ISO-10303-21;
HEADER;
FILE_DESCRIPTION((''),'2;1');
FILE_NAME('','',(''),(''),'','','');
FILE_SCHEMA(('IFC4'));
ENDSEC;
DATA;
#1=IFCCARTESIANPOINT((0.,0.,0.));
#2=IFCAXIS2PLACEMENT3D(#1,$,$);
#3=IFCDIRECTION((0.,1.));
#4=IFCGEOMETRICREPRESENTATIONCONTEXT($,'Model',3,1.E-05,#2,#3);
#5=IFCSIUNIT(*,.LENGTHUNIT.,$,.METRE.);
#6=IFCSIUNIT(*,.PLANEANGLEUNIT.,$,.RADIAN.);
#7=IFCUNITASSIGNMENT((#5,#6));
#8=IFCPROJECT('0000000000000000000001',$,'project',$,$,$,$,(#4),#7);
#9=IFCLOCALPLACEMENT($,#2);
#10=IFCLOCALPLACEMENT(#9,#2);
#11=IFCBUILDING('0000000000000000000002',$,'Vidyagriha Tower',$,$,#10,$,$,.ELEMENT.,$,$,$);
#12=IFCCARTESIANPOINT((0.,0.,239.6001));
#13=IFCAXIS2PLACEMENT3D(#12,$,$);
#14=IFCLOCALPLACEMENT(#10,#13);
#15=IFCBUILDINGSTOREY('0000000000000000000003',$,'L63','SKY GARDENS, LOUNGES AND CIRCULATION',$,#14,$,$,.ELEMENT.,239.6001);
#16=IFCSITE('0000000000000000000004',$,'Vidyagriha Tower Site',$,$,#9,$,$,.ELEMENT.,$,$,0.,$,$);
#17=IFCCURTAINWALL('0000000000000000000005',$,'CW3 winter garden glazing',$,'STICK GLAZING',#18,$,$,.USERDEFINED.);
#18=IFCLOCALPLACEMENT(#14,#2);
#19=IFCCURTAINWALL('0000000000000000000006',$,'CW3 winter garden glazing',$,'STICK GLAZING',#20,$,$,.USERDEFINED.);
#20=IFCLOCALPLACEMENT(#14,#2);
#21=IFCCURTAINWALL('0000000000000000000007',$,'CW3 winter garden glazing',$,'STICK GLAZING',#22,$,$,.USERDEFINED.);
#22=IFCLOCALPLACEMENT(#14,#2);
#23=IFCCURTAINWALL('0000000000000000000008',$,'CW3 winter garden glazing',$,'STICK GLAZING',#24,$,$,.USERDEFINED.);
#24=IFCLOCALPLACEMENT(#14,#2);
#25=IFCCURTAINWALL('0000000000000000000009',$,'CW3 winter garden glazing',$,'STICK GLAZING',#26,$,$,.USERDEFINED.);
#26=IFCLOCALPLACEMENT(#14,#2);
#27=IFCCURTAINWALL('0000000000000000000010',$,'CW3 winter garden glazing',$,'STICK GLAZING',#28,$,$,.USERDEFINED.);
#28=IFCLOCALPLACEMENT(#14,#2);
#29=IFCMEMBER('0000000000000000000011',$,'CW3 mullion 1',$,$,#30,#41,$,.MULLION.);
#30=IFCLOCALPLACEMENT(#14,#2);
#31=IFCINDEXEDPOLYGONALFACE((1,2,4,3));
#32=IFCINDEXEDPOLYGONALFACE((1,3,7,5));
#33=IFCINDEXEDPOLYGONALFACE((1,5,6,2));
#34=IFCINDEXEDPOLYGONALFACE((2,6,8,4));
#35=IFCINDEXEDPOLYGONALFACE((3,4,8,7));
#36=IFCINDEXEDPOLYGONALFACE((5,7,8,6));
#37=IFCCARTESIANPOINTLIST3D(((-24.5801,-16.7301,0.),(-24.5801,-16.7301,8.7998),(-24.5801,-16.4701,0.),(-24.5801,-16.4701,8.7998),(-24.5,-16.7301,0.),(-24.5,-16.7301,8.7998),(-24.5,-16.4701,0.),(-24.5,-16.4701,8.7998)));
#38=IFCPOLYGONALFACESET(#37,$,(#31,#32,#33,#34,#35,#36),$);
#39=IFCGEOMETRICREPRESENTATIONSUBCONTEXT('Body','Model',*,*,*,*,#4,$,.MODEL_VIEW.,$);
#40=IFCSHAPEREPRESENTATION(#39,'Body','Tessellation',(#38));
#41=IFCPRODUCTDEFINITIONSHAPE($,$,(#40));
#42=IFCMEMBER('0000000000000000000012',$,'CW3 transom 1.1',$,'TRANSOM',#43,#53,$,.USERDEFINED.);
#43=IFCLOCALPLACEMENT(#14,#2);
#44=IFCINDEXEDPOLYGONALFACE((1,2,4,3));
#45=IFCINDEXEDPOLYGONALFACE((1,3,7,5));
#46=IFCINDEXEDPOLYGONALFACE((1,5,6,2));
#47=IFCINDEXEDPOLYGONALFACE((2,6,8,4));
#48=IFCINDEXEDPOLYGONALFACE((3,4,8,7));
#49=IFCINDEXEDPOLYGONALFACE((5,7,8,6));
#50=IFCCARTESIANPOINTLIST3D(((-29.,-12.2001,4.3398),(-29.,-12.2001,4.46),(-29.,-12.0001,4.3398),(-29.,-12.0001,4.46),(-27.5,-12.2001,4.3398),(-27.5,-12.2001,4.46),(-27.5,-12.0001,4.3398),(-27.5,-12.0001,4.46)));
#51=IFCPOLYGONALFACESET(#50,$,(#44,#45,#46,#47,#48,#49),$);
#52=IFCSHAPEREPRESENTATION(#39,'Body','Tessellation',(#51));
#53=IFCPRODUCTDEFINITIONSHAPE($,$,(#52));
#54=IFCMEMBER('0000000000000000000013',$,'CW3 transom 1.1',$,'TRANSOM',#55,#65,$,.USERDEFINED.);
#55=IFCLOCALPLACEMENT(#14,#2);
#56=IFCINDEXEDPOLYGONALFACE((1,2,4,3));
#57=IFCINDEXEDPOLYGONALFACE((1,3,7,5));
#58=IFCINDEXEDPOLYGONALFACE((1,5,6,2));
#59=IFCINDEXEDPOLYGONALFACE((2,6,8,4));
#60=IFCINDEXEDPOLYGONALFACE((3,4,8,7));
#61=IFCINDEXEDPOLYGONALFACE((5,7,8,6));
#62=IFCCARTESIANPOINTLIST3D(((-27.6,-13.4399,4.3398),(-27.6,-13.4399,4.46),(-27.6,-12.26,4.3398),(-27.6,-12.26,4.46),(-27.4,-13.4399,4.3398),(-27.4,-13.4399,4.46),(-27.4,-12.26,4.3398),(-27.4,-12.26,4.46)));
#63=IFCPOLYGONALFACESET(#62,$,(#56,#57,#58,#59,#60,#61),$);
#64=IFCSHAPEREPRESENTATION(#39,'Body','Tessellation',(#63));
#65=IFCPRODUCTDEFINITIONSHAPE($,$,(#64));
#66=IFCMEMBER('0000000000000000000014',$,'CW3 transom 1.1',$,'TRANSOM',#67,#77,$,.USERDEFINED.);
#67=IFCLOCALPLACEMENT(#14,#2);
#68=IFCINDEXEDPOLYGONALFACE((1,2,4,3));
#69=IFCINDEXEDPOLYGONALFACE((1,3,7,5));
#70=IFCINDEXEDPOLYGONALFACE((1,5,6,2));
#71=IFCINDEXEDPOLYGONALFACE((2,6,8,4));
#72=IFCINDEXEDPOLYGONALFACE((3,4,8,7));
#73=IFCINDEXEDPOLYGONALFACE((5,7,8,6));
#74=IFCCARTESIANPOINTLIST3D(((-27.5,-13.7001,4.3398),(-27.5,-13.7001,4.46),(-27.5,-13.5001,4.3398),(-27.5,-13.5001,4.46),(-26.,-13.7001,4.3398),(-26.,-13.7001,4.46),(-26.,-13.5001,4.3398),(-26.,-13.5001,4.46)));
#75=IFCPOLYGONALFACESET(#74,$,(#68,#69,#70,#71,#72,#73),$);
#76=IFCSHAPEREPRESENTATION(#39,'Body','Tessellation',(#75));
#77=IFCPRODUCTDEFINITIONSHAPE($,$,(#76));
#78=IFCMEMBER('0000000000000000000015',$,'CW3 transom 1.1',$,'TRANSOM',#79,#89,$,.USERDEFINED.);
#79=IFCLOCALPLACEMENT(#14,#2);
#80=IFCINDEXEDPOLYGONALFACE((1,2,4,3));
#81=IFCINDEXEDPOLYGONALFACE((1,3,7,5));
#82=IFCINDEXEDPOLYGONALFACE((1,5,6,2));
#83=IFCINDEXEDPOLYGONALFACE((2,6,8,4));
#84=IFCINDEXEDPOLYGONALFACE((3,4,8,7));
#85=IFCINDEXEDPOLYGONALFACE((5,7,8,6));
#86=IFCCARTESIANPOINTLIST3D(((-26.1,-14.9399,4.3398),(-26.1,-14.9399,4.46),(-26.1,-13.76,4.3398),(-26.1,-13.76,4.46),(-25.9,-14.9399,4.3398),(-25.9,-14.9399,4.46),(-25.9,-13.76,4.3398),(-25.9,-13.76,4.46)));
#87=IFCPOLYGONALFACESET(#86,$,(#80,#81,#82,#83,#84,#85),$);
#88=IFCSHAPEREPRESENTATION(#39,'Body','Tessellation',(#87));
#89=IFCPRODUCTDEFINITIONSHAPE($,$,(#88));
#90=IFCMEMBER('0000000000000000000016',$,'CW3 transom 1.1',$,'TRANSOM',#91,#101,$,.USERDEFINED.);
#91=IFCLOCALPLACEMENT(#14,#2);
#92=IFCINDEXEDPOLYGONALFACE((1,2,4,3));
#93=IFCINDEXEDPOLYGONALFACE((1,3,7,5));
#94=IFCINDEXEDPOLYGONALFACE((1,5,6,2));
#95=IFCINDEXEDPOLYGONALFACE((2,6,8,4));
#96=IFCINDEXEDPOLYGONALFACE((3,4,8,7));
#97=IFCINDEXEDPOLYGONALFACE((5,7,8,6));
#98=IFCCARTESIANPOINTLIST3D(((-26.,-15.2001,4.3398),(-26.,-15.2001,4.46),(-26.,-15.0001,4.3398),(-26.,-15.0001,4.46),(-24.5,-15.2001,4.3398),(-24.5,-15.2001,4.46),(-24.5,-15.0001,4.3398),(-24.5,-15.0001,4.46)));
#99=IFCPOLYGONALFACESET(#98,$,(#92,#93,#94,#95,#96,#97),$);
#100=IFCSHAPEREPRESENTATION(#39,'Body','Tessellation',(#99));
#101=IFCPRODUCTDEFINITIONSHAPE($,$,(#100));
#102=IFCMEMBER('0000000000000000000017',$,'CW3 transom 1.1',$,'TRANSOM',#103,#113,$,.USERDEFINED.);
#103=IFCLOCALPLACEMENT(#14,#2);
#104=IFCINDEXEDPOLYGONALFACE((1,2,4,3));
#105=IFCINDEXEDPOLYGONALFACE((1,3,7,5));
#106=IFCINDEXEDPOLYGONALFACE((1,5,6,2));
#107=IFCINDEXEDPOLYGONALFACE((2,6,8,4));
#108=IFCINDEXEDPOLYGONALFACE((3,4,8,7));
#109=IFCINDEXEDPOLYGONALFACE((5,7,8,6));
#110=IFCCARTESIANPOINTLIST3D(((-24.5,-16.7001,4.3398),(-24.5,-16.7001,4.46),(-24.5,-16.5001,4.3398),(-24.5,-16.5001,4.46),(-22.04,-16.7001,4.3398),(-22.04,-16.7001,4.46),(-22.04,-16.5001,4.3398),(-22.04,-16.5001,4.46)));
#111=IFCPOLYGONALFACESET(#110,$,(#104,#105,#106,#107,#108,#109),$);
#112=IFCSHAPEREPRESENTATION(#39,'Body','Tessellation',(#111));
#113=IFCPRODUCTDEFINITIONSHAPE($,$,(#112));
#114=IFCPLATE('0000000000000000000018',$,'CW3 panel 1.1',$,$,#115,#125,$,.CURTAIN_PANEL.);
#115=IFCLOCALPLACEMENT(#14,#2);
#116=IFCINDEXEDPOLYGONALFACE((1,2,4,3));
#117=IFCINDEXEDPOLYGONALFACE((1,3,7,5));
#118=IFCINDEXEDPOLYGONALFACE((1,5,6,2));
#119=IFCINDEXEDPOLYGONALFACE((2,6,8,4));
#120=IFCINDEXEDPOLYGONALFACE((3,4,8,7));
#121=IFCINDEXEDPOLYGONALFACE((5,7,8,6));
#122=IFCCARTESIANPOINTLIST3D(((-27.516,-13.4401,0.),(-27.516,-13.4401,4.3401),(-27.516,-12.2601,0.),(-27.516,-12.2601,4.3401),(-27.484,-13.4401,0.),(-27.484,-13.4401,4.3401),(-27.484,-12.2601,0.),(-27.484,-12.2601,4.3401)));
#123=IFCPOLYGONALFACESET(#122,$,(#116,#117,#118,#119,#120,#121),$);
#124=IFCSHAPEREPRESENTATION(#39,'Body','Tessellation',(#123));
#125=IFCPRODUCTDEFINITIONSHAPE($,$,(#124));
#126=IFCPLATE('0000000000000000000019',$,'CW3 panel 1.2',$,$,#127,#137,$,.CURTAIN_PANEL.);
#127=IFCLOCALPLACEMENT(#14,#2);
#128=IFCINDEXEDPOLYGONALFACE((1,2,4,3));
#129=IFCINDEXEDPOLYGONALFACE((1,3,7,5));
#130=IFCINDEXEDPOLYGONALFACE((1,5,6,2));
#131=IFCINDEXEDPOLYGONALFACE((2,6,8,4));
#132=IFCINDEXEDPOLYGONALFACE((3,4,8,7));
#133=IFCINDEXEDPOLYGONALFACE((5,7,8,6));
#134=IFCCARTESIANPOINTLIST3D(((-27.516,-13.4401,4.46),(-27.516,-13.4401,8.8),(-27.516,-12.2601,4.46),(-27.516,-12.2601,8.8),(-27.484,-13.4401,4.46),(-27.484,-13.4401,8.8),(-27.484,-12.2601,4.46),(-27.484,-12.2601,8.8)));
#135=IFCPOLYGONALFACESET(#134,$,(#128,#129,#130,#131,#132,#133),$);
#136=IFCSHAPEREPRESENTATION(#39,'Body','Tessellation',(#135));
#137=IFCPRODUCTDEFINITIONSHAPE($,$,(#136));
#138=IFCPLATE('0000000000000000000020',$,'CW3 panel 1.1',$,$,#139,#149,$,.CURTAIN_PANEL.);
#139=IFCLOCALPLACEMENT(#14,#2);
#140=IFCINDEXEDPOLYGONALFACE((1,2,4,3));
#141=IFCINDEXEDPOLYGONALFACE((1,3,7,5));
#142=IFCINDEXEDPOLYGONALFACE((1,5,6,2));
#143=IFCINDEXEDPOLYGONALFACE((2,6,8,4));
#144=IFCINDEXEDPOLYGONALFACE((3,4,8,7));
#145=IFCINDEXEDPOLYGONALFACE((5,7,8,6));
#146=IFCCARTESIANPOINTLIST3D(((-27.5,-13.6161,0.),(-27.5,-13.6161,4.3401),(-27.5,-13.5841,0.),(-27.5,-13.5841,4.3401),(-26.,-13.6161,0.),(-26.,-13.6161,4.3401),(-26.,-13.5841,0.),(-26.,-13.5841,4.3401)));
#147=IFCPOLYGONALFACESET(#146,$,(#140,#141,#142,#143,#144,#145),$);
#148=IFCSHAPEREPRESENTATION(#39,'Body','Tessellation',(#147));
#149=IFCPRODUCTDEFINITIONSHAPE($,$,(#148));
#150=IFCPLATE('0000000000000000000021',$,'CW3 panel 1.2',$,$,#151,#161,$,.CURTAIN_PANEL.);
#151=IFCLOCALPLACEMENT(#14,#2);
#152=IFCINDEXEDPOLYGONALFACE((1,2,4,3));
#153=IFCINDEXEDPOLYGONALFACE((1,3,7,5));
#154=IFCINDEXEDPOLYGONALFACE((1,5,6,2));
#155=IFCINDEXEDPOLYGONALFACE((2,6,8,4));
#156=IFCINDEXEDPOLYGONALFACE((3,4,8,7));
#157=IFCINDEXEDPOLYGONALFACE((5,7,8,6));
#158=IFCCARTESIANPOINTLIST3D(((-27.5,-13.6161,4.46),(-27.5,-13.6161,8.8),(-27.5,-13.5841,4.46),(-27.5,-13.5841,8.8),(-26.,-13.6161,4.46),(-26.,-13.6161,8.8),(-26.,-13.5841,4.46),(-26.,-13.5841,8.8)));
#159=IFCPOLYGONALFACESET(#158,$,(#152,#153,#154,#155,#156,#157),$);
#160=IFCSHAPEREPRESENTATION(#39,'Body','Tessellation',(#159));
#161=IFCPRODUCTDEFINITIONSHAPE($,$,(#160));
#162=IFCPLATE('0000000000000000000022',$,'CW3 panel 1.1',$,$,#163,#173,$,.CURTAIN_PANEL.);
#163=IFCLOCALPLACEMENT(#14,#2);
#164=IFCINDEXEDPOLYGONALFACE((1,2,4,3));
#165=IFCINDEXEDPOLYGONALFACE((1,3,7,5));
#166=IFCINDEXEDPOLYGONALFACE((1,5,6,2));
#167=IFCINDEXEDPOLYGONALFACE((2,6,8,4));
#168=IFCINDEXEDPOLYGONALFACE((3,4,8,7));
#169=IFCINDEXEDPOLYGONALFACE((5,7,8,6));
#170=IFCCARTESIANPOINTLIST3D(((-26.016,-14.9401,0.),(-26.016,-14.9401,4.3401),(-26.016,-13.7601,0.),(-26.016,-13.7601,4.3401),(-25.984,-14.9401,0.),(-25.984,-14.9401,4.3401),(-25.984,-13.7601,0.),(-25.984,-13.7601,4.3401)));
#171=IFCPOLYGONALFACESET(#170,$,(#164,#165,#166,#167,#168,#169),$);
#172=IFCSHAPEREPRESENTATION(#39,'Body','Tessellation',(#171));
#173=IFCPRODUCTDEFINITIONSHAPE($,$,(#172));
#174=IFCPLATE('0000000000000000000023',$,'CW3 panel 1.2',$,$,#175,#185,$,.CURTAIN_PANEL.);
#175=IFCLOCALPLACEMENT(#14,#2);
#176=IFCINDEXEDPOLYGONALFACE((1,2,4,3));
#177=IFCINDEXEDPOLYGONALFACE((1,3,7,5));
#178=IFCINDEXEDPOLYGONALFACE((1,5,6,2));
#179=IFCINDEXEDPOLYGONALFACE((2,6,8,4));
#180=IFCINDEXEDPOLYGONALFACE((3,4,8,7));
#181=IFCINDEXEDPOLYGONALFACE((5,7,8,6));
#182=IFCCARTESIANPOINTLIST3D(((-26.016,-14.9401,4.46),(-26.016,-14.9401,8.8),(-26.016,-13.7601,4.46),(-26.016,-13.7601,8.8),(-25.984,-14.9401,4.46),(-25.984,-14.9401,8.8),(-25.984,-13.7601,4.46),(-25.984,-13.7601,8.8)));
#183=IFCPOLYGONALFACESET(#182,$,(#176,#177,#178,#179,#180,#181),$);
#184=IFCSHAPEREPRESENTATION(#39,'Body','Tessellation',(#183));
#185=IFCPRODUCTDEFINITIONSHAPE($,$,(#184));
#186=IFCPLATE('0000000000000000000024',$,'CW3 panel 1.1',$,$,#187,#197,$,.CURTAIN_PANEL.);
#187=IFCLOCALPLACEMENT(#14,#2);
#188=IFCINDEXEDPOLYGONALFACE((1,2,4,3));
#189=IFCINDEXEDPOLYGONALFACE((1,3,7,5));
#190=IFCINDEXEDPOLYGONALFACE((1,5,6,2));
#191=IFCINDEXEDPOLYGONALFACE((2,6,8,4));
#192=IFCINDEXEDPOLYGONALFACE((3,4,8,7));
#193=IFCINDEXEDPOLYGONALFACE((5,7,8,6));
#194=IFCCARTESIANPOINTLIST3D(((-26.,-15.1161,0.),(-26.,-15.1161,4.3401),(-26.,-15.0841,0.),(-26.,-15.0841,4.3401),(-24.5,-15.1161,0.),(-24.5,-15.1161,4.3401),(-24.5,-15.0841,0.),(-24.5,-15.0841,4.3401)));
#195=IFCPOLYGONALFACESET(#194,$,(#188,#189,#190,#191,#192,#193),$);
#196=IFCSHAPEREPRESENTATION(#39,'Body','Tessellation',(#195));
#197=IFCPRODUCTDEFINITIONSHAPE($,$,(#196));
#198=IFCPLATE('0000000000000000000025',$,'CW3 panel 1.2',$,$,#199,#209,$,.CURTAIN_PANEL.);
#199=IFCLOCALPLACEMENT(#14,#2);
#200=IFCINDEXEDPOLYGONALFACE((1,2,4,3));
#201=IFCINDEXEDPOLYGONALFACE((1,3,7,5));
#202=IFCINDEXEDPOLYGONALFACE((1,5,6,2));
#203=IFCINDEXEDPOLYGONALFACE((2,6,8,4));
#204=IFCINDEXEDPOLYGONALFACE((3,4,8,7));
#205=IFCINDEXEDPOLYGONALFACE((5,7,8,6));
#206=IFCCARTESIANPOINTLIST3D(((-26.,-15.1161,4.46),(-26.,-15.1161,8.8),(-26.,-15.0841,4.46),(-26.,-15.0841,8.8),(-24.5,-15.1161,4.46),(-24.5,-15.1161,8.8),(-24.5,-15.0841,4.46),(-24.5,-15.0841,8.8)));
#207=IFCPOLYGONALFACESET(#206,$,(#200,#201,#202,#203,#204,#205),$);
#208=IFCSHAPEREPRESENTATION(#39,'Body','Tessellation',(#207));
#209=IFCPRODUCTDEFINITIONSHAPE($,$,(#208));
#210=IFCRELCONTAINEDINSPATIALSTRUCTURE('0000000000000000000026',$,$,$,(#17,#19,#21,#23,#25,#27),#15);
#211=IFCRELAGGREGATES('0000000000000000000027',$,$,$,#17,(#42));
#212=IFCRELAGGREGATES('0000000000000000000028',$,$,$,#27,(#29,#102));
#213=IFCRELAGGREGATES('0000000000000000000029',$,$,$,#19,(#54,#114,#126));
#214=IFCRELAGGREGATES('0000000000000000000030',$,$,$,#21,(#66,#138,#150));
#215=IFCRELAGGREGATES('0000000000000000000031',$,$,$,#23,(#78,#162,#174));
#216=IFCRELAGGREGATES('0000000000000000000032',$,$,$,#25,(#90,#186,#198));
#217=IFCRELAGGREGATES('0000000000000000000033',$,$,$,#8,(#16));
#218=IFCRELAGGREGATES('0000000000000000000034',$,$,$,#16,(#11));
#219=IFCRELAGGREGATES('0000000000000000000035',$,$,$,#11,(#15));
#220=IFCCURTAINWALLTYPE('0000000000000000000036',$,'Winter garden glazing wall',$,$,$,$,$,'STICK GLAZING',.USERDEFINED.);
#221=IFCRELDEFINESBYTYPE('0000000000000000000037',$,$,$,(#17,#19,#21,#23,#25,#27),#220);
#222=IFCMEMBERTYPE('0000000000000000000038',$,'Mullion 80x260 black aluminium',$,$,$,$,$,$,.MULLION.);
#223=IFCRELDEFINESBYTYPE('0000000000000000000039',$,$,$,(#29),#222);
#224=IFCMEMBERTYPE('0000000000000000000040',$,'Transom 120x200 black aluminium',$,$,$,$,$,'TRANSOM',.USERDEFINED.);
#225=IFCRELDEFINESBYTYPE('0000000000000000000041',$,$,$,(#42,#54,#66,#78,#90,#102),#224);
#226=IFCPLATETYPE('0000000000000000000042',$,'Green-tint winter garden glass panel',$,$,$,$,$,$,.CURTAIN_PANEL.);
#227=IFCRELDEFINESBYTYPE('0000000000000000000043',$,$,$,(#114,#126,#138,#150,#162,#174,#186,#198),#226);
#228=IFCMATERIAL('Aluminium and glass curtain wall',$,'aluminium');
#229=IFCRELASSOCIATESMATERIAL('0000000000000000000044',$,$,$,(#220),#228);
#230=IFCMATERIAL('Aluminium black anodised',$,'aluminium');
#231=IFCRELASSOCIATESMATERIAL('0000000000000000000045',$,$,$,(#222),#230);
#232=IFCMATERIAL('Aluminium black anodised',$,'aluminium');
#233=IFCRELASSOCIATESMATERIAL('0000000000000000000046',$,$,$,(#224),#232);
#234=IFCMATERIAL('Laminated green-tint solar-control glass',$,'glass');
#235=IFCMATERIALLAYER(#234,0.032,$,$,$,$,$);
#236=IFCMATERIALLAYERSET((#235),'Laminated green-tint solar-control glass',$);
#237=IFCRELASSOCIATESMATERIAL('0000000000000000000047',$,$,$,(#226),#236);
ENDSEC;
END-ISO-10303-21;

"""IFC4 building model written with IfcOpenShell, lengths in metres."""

from ifc_helpers import new_model, si_unit, direction, frame, origin, origin_2d, place, context, subcontext, project, spatial, rectangle, extrude, material, layer, layer_set, material_profile, profile_set, type_object, element, aggregate, save


model = new_model("IFC4")

# Units and contexts
model_context = context("Model", 3, precision=1e-05, world=origin(), true_north=direction((0.0, 1.0)))
body_context = subcontext(model_context, "Body", "Model", "MODEL_VIEW")
ifc_project = project(units=[si_unit("LENGTHUNIT", "METRE"), si_unit("PLANEANGLEUNIT", "RADIAN")], contexts=[model_context])

# Site, building, storey
site_placement = place(None, origin())
site = spatial("IfcSite", under=ifc_project, at=site_placement, Name="Vidyagriha Tower Site", CompositionType="ELEMENT", RefElevation=0.0)
building_placement = place(site_placement, origin())
building = spatial("IfcBuilding", under=site, at=building_placement, Name="Vidyagriha Tower", CompositionType="ELEMENT")
storey_placement = place(building_placement, frame((0.0, 0.0, 239.6001)))
storey = spatial("IfcBuildingStorey", under=building, at=storey_placement, Name="L63", Description="SKY GARDENS, LOUNGES AND CIRCULATION", CompositionType="ELEMENT", Elevation=239.6001)

# Curtain wall
ifc_material_1 = material(Name="Aluminium and glass curtain wall", Category="aluminium")
curtain_wall_type = type_object("IfcCurtainWallType", Name="Winter garden glazing wall", ElementType="STICK GLAZING", PredefinedType="USERDEFINED", material=ifc_material_1)
curtain_wall_1_placement = place(storey_placement, origin())
curtain_wall_1 = element("IfcCurtainWall", 1, at=curtain_wall_1_placement, inside=storey, type_object=curtain_wall_type, Name="CW3 winter garden glazing", ObjectType="STICK GLAZING", PredefinedType="USERDEFINED")
ifc_material_2 = material(Name="Aluminium black anodised", Category="aluminium")
ifc_material_profile_1 = material_profile(ifc_material_2, rectangle(XDim=0.26, YDim=0.0801, at=origin_2d()), Name="Mullion 80x260 black aluminium")
ifc_profile_set_1 = profile_set([ifc_material_profile_1], Name="Aluminium black anodised")
member_type_1 = type_object("IfcMemberType", Name="Mullion 80x260 black aluminium", PredefinedType="MULLION", material=ifc_profile_set_1)

# Curtain walls
curtain_wall_2_placement = place(storey_placement, origin())
curtain_wall_2 = element("IfcCurtainWall", 2, at=curtain_wall_2_placement, inside=storey, type_object=curtain_wall_type, Name="CW3 winter garden glazing", ObjectType="STICK GLAZING", PredefinedType="USERDEFINED")
curtain_wall_3_placement = place(storey_placement, origin())
curtain_wall_3 = element("IfcCurtainWall", 3, at=curtain_wall_3_placement, inside=storey, type_object=curtain_wall_type, Name="CW3 winter garden glazing", ObjectType="STICK GLAZING", PredefinedType="USERDEFINED")
curtain_wall_4_placement = place(storey_placement, origin())
curtain_wall_4 = element("IfcCurtainWall", 4, at=curtain_wall_4_placement, inside=storey, type_object=curtain_wall_type, Name="CW3 winter garden glazing", ObjectType="STICK GLAZING", PredefinedType="USERDEFINED")

# Curtain walls, member
curtain_wall_5_placement = place(storey_placement, origin())
curtain_wall_5 = element("IfcCurtainWall", 5, at=curtain_wall_5_placement, inside=storey, type_object=curtain_wall_type, Name="CW3 winter garden glazing", ObjectType="STICK GLAZING", PredefinedType="USERDEFINED")
curtain_wall_6_placement = place(storey_placement, origin())
curtain_wall_6 = element("IfcCurtainWall", 6, at=curtain_wall_6_placement, inside=storey, type_object=curtain_wall_type, Name="CW3 winter garden glazing", ObjectType="STICK GLAZING", PredefinedType="USERDEFINED")
member_1_placement = place(storey_placement, frame((-24.54, -16.6001, 0.0), z_axis=(0.0, 0.0, 1.0), x_axis=(0.0, 1.0, 0.0)))
member_1 = element("IfcMember", 7, at=member_1_placement, type_object=member_type_1, Name="CW3 mullion 1", PredefinedType="MULLION", context=body_context, shape_type="SweptSolid", body=[
    extrude(rectangle(XDim=0.26, YDim=0.0801, at=origin_2d()), origin(), (0.0, 0.0, 1.0), 8.7998),
])

# Members
ifc_material_3 = material(Name="Aluminium black anodised", Category="aluminium")
ifc_material_profile_2 = material_profile(ifc_material_3, rectangle(XDim=0.2, YDim=0.1201, at=origin_2d()), Name="Transom 120x200 black aluminium")
ifc_profile_set_2 = profile_set([ifc_material_profile_2], Name="Aluminium black anodised")
member_type_2 = type_object("IfcMemberType", Name="Transom 120x200 black aluminium", ElementType="TRANSOM", PredefinedType="USERDEFINED", material=ifc_profile_set_2)
member_2_placement = place(storey_placement, frame((-29.0, -12.1001, 4.3999), z_axis=(1.0, 0.0, 0.0), x_axis=(0.0, 1.0, 0.0)))
member_2 = element("IfcMember", 8, at=member_2_placement, type_object=member_type_2, Name="CW3 transom 1.1", ObjectType="TRANSOM", PredefinedType="USERDEFINED", context=body_context, shape_type="SweptSolid", body=[
    extrude(rectangle(XDim=0.2, YDim=0.1201, at=origin_2d()), origin(), (0.0, 0.0, 1.0), 1.5),
])
aggregate(curtain_wall_1, [member_2])
member_3_placement = place(storey_placement, frame((-27.5, -12.26, 4.3999), z_axis=(0.0, -1.0, 0.0), x_axis=(1.0, 0.0, 0.0)))
member_3 = element("IfcMember", 9, at=member_3_placement, type_object=member_type_2, Name="CW3 transom 1.1", ObjectType="TRANSOM", PredefinedType="USERDEFINED", context=body_context, shape_type="SweptSolid", body=[
    extrude(rectangle(XDim=0.2, YDim=0.1201, at=origin_2d()), origin(), (0.0, 0.0, 1.0), 1.1799),
])
member_4_placement = place(storey_placement, frame((-27.5, -13.6001, 4.3999), z_axis=(1.0, 0.0, 0.0), x_axis=(0.0, 1.0, 0.0)))
member_4 = element("IfcMember", 10, at=member_4_placement, type_object=member_type_2, Name="CW3 transom 1.1", ObjectType="TRANSOM", PredefinedType="USERDEFINED", context=body_context, shape_type="SweptSolid", body=[
    extrude(rectangle(XDim=0.2, YDim=0.1201, at=origin_2d()), origin(), (0.0, 0.0, 1.0), 1.5),
])
member_5_placement = place(storey_placement, frame((-26.0, -13.76, 4.3999), z_axis=(0.0, -1.0, 0.0), x_axis=(1.0, 0.0, 0.0)))
member_5 = element("IfcMember", 11, at=member_5_placement, type_object=member_type_2, Name="CW3 transom 1.1", ObjectType="TRANSOM", PredefinedType="USERDEFINED", context=body_context, shape_type="SweptSolid", body=[
    extrude(rectangle(XDim=0.2, YDim=0.1201, at=origin_2d()), origin(), (0.0, 0.0, 1.0), 1.1799),
])
member_6_placement = place(storey_placement, frame((-26.0, -15.1001, 4.3999), z_axis=(1.0, 0.0, 0.0), x_axis=(0.0, 1.0, 0.0)))
member_6 = element("IfcMember", 12, at=member_6_placement, type_object=member_type_2, Name="CW3 transom 1.1", ObjectType="TRANSOM", PredefinedType="USERDEFINED", context=body_context, shape_type="SweptSolid", body=[
    extrude(rectangle(XDim=0.2, YDim=0.1201, at=origin_2d()), origin(), (0.0, 0.0, 1.0), 1.5),
])
member_7_placement = place(storey_placement, frame((-24.5, -16.6001, 4.3999), z_axis=(1.0, 0.0, 0.0), x_axis=(0.0, 1.0, 0.0)))
member_7 = element("IfcMember", 13, at=member_7_placement, type_object=member_type_2, Name="CW3 transom 1.1", ObjectType="TRANSOM", PredefinedType="USERDEFINED", context=body_context, shape_type="SweptSolid", body=[
    extrude(rectangle(XDim=0.2, YDim=0.1201, at=origin_2d()), origin(), (0.0, 0.0, 1.0), 2.46),
])
aggregate(curtain_wall_6, [member_1, member_7])

# Plates
ifc_material_4 = material(Name="Laminated green-tint solar-control glass", Category="glass")
ifc_layer = layer(ifc_material_4, 0.032)
ifc_layer_set = layer_set([ifc_layer], Name="Laminated green-tint solar-control glass")
plate_type = type_object("IfcPlateType", Name="Green-tint winter garden glass panel", PredefinedType="CURTAIN_PANEL", material=ifc_layer_set)
plate_1_placement = place(storey_placement, frame((-27.5, -12.8501, 0.0), z_axis=(0.0, 0.0, 1.0), x_axis=(0.0, -1.0, 0.0)))
plate_1 = element("IfcPlate", 14, at=plate_1_placement, type_object=plate_type, Name="CW3 panel 1.1", PredefinedType="CURTAIN_PANEL", context=body_context, shape_type="SweptSolid", body=[
    extrude(rectangle(XDim=1.1799, YDim=0.032, at=origin_2d()), origin(), (0.0, 0.0, 1.0), 4.3401),
])
plate_2_placement = place(storey_placement, frame((-27.5, -12.8501, 4.46), z_axis=(0.0, 0.0, 1.0), x_axis=(0.0, -1.0, 0.0)))
plate_2 = element("IfcPlate", 15, at=plate_2_placement, type_object=plate_type, Name="CW3 panel 1.2", PredefinedType="CURTAIN_PANEL", context=body_context, shape_type="SweptSolid", body=[
    extrude(rectangle(XDim=1.1799, YDim=0.032, at=origin_2d()), origin(), (0.0, 0.0, 1.0), 4.3401),
])
aggregate(curtain_wall_2, [member_3, plate_1, plate_2])
plate_3_placement = place(storey_placement, frame((-26.75, -13.6001, 0.0)))
plate_3 = element("IfcPlate", 16, at=plate_3_placement, type_object=plate_type, Name="CW3 panel 1.1", PredefinedType="CURTAIN_PANEL", context=body_context, shape_type="SweptSolid", body=[
    extrude(rectangle(XDim=1.5, YDim=0.032, at=origin_2d()), origin(), (0.0, 0.0, 1.0), 4.3401),
])
plate_4_placement = place(storey_placement, frame((-26.75, -13.6001, 4.46)))
plate_4 = element("IfcPlate", 17, at=plate_4_placement, type_object=plate_type, Name="CW3 panel 1.2", PredefinedType="CURTAIN_PANEL", context=body_context, shape_type="SweptSolid", body=[
    extrude(rectangle(XDim=1.5, YDim=0.032, at=origin_2d()), origin(), (0.0, 0.0, 1.0), 4.3401),
])
aggregate(curtain_wall_3, [member_4, plate_3, plate_4])
plate_5_placement = place(storey_placement, frame((-26.0, -14.3501, 0.0), z_axis=(0.0, 0.0, 1.0), x_axis=(0.0, -1.0, 0.0)))
plate_5 = element("IfcPlate", 18, at=plate_5_placement, type_object=plate_type, Name="CW3 panel 1.1", PredefinedType="CURTAIN_PANEL", context=body_context, shape_type="SweptSolid", body=[
    extrude(rectangle(XDim=1.1799, YDim=0.032, at=origin_2d()), origin(), (0.0, 0.0, 1.0), 4.3401),
])
plate_6_placement = place(storey_placement, frame((-26.0, -14.3501, 4.46), z_axis=(0.0, 0.0, 1.0), x_axis=(0.0, -1.0, 0.0)))
plate_6 = element("IfcPlate", 19, at=plate_6_placement, type_object=plate_type, Name="CW3 panel 1.2", PredefinedType="CURTAIN_PANEL", context=body_context, shape_type="SweptSolid", body=[
    extrude(rectangle(XDim=1.1799, YDim=0.032, at=origin_2d()), origin(), (0.0, 0.0, 1.0), 4.3401),
])
aggregate(curtain_wall_4, [member_5, plate_5, plate_6])
plate_7_placement = place(storey_placement, frame((-25.25, -15.1001, 0.0)))
plate_7 = element("IfcPlate", 20, at=plate_7_placement, type_object=plate_type, Name="CW3 panel 1.1", PredefinedType="CURTAIN_PANEL", context=body_context, shape_type="SweptSolid", body=[
    extrude(rectangle(XDim=1.5, YDim=0.032, at=origin_2d()), origin(), (0.0, 0.0, 1.0), 4.3401),
])
plate_8_placement = place(storey_placement, frame((-25.25, -15.1001, 4.46)))
plate_8 = element("IfcPlate", 21, at=plate_8_placement, type_object=plate_type, Name="CW3 panel 1.2", PredefinedType="CURTAIN_PANEL", context=body_context, shape_type="SweptSolid", body=[
    extrude(rectangle(XDim=1.5, YDim=0.032, at=origin_2d()), origin(), (0.0, 0.0, 1.0), 4.3401),
])
aggregate(curtain_wall_5, [member_6, plate_7, plate_8])

save(model, "model.ifc")
